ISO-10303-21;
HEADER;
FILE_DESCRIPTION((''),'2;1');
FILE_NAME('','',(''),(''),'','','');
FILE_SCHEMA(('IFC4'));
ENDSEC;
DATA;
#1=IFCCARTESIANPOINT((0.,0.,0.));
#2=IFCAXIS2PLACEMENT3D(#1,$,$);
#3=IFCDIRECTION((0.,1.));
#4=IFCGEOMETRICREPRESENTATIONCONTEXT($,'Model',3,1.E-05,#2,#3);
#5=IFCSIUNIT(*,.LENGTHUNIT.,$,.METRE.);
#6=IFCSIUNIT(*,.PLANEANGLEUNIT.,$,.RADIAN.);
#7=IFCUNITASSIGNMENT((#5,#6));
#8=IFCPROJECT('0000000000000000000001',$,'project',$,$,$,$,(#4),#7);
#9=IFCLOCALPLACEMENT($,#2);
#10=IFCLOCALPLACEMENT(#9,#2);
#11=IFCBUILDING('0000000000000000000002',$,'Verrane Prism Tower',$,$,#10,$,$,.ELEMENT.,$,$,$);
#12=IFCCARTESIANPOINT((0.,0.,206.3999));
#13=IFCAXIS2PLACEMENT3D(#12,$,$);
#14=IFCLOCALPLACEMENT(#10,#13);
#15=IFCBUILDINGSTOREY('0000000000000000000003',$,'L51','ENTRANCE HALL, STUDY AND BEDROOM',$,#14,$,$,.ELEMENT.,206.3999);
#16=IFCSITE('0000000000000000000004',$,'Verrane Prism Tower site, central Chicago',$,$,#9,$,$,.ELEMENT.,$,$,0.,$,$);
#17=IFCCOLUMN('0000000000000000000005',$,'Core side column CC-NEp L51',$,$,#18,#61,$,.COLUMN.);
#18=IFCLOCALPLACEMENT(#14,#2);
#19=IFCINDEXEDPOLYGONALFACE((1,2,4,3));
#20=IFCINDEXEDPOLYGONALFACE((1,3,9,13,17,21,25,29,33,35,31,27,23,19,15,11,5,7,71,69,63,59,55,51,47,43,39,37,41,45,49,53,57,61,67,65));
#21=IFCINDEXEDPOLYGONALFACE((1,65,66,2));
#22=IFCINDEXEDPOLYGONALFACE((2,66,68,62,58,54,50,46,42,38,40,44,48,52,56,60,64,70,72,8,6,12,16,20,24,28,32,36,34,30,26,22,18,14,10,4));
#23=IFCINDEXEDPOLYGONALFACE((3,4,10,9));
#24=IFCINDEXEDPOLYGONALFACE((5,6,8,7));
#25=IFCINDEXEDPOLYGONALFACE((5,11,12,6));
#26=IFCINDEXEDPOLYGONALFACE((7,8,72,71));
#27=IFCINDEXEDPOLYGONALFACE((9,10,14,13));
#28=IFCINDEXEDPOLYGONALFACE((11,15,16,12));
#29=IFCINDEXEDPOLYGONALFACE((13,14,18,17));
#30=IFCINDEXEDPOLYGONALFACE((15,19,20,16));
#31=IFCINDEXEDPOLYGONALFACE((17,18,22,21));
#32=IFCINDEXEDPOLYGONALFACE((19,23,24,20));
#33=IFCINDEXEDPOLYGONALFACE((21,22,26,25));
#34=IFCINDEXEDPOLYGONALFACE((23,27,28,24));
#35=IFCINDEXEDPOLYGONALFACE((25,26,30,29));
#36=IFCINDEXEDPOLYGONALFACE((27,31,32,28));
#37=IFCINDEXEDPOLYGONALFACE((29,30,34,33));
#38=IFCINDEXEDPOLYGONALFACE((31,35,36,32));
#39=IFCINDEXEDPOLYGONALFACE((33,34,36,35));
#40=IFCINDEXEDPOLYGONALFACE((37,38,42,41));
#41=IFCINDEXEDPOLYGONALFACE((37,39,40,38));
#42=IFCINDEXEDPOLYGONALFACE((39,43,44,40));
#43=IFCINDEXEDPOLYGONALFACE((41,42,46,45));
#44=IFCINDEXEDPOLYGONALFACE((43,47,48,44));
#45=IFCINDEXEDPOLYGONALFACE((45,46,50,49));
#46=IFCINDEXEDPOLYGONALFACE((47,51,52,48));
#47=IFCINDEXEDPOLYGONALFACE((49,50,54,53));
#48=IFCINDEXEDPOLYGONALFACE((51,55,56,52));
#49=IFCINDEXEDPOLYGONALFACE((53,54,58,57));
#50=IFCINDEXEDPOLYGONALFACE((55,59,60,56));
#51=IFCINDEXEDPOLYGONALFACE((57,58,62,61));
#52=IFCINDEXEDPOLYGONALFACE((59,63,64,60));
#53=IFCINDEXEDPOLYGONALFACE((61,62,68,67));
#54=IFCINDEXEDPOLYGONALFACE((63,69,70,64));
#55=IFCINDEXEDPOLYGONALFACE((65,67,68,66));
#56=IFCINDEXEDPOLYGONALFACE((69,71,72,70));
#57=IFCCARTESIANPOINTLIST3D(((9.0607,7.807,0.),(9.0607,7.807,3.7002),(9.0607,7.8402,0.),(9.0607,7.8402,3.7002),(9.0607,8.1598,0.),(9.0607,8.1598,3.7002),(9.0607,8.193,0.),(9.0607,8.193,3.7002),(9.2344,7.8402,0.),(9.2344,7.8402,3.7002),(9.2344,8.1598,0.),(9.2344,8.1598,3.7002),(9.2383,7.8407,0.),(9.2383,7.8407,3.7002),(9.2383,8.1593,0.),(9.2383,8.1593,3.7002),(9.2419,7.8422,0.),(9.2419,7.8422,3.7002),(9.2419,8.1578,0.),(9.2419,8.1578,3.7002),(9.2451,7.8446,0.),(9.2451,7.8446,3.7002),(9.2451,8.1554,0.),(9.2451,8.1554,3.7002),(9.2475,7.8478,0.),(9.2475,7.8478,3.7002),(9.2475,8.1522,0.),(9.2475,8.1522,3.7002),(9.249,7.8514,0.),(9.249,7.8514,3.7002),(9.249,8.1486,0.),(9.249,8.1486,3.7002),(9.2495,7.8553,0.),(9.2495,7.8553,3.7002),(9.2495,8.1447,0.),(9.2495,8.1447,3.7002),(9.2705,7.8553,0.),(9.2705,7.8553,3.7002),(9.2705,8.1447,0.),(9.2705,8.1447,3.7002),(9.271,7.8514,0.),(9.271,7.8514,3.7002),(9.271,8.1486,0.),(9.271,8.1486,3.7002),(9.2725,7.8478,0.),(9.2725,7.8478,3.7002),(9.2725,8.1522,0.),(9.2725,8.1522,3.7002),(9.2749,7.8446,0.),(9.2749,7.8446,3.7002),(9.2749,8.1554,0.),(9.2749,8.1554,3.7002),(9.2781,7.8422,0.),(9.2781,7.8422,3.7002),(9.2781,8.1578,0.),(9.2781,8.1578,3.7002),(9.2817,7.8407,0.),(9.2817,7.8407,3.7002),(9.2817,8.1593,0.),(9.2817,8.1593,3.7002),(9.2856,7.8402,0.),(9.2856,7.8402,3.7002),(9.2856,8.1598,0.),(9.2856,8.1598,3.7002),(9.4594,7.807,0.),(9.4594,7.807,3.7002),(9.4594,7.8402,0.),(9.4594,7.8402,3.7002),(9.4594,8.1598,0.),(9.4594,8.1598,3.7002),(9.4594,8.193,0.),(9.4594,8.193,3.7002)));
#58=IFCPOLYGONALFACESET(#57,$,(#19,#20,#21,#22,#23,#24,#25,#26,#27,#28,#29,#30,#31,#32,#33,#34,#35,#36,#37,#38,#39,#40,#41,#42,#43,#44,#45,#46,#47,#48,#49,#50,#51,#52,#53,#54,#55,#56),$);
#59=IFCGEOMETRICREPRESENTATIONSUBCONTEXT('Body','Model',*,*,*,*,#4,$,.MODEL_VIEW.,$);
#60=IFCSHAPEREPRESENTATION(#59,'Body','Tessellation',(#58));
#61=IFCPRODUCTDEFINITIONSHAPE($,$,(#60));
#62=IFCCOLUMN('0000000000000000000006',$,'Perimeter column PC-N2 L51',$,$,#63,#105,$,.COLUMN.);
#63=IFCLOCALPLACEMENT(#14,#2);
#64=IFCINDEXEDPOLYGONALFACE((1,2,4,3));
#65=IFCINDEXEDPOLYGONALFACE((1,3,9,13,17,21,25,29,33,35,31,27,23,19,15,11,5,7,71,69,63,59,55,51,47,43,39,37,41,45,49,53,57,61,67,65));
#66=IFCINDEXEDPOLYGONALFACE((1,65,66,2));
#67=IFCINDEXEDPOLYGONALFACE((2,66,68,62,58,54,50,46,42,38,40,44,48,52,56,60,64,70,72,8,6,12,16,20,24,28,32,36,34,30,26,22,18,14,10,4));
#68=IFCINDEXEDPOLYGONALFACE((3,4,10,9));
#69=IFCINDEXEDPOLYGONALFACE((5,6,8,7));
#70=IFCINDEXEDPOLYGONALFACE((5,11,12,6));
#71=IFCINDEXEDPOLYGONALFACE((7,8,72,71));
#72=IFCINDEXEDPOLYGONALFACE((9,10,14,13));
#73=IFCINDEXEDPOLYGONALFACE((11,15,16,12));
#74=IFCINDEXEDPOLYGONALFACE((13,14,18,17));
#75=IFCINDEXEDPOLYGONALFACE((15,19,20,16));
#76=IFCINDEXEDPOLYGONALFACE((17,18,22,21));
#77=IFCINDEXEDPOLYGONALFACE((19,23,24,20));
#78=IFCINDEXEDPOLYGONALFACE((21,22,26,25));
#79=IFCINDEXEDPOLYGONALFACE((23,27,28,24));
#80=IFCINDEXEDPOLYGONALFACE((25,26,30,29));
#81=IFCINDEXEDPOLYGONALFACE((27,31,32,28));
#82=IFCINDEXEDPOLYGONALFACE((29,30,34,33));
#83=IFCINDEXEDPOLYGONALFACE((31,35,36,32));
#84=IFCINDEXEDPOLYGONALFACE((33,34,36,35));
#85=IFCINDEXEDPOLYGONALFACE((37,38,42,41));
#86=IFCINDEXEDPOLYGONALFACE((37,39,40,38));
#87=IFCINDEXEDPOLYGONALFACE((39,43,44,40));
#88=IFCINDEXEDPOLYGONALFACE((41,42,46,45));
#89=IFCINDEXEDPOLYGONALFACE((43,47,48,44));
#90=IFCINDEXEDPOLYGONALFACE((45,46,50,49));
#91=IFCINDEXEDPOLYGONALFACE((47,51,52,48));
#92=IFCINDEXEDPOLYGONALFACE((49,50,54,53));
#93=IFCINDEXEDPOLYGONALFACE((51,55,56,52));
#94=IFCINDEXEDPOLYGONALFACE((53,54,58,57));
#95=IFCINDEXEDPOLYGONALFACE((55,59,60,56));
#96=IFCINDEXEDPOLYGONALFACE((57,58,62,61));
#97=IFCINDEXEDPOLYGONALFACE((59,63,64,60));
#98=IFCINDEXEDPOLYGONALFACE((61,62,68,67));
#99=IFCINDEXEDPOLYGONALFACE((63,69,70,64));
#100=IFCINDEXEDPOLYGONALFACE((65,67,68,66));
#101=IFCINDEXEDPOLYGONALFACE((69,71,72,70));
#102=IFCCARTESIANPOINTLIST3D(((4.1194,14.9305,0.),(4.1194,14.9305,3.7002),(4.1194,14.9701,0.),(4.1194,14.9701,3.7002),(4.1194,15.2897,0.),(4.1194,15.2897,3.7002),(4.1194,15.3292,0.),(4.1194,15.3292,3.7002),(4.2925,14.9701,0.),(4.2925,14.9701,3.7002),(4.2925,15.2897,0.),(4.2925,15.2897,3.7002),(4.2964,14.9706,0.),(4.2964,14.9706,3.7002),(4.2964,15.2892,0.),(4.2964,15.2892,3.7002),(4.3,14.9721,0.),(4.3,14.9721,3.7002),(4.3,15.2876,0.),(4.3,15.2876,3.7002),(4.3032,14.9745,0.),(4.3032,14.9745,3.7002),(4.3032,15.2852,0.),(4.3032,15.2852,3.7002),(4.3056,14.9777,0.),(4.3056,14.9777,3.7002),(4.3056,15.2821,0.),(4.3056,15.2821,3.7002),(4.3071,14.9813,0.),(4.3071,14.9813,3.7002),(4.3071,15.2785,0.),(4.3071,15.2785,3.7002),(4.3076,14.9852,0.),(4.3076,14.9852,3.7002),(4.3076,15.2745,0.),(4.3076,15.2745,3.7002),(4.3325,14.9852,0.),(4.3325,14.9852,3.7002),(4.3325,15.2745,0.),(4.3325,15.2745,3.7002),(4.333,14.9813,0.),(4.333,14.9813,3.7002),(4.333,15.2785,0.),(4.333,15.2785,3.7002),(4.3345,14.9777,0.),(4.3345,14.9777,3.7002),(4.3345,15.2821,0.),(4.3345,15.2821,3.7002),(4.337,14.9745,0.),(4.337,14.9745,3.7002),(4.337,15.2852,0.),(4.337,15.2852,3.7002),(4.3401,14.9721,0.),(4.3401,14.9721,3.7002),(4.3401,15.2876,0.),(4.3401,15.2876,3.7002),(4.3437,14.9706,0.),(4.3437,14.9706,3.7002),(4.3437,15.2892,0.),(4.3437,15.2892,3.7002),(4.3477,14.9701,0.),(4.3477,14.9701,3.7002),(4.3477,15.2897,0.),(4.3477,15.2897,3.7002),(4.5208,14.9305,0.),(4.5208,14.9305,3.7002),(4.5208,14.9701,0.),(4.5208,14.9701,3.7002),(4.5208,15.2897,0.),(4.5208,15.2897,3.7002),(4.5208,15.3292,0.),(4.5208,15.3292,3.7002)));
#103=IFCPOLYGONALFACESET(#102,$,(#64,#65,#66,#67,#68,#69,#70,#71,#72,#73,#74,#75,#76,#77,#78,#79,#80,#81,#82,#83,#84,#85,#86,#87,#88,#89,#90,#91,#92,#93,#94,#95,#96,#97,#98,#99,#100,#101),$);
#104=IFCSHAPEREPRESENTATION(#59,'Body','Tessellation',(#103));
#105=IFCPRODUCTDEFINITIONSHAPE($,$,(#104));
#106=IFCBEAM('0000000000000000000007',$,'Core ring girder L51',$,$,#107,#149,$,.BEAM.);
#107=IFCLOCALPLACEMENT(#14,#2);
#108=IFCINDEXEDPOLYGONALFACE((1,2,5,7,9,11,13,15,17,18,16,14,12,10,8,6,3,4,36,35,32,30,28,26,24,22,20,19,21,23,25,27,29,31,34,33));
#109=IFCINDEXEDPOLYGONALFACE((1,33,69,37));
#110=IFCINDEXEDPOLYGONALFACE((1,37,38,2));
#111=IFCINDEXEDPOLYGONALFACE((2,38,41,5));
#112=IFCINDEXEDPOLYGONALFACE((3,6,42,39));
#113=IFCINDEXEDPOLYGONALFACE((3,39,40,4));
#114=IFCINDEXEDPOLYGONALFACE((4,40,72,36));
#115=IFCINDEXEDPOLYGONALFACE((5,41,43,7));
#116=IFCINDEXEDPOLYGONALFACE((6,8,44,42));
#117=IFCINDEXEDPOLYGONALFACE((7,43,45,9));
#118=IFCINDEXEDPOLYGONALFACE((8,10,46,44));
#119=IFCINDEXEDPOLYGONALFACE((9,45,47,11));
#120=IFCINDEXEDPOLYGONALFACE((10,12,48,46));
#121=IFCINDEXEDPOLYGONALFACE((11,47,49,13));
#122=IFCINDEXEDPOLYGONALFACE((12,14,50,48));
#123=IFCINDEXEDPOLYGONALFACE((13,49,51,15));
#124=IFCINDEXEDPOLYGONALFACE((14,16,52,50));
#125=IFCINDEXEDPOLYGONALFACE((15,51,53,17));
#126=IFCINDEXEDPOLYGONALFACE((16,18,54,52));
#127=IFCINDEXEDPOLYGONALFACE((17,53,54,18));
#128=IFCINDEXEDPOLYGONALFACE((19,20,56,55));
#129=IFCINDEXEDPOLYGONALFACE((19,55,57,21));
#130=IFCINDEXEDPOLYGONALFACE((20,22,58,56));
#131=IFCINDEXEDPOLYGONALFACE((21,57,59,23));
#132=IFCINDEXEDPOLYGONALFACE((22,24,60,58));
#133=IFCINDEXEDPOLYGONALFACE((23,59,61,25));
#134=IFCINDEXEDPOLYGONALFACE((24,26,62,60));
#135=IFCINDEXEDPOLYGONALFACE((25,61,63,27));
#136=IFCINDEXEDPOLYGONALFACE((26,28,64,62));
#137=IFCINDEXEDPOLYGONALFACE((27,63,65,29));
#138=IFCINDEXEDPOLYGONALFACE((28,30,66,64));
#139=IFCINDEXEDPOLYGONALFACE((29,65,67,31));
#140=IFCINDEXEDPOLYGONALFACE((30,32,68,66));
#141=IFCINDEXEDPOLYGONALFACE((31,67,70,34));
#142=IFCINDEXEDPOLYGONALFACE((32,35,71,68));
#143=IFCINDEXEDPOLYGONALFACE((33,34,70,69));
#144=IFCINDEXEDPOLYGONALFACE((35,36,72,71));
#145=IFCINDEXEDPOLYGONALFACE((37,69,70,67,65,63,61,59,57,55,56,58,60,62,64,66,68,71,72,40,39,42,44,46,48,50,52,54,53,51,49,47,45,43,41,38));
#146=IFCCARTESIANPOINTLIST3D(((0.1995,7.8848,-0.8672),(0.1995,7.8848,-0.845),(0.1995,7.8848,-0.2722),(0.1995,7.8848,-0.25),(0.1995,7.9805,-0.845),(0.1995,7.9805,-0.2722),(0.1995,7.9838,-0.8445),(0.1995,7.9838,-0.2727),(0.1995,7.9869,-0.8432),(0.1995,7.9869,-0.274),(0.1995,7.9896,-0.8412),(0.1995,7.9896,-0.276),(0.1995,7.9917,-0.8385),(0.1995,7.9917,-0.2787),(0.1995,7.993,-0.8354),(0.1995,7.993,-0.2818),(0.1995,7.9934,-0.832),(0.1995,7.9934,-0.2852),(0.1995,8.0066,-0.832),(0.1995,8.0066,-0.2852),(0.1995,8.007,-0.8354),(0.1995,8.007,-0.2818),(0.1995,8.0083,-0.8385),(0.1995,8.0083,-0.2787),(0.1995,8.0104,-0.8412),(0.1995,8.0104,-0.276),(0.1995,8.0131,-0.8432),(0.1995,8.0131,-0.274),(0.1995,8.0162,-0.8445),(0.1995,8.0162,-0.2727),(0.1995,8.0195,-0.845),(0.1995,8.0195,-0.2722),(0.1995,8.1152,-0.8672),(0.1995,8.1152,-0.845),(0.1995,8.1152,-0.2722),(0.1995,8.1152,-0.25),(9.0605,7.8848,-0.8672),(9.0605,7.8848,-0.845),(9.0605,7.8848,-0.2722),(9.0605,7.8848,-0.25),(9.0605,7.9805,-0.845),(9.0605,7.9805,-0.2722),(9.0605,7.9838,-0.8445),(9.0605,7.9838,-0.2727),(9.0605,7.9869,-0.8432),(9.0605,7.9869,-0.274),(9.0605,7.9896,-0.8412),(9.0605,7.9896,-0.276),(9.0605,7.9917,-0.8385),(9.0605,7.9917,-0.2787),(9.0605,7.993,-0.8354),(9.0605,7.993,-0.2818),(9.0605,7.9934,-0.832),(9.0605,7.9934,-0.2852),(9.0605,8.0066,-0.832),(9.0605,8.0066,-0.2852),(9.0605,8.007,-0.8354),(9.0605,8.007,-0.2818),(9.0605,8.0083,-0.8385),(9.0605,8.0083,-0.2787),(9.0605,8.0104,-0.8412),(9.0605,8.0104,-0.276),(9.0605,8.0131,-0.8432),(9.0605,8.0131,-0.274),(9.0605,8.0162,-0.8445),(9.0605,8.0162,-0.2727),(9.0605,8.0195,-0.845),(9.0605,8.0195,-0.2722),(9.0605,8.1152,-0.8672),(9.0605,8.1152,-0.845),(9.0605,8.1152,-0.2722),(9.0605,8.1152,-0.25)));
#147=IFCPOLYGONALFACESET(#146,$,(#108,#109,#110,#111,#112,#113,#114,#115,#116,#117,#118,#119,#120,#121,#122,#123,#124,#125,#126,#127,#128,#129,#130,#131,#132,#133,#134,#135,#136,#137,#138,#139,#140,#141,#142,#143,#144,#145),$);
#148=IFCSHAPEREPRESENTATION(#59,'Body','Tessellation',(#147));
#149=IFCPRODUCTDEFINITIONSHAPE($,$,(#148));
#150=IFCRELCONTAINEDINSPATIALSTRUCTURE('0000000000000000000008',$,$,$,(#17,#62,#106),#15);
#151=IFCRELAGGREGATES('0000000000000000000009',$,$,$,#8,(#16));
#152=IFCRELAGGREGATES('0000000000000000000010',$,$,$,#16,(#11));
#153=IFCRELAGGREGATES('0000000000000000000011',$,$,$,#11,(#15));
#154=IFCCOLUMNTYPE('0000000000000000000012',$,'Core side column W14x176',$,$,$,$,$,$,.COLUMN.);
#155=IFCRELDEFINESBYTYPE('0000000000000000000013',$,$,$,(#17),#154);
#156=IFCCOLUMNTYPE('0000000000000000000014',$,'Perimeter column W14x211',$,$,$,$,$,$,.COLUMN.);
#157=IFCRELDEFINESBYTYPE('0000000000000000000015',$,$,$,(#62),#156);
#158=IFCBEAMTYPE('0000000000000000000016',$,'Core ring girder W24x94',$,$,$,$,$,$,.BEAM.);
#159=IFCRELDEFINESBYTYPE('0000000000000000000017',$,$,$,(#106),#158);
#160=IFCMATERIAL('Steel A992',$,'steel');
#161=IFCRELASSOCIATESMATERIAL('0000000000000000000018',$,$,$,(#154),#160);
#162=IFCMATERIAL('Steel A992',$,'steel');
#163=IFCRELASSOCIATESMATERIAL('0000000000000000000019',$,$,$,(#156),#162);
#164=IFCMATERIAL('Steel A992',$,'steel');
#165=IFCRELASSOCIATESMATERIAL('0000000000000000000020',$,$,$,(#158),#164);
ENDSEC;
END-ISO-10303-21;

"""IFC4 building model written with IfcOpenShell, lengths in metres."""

from ifc_helpers import new_model, si_unit, direction, frame, origin, origin_2d, place, context, subcontext, project, spatial, i_section, extrude, material, material_profile, profile_set, type_object, element, save


model = new_model("IFC4")

# Units and contexts
model_context = context("Model", 3, precision=1e-05, world=origin(), true_north=direction((0.0, 1.0)))
body_context = subcontext(model_context, "Body", "Model", "MODEL_VIEW")
ifc_project = project(units=[si_unit("LENGTHUNIT", "METRE"), si_unit("PLANEANGLEUNIT", "RADIAN")], contexts=[model_context])

# Site, building, storey
site_placement = place(None, origin())
site = spatial("IfcSite", under=ifc_project, at=site_placement, Name="Verrane Prism Tower site, central Chicago", CompositionType="ELEMENT", RefElevation=0.0)
building_placement = place(site_placement, origin())
building = spatial("IfcBuilding", under=site, at=building_placement, Name="Verrane Prism Tower", CompositionType="ELEMENT")
storey_placement = place(building_placement, frame((0.0, 0.0, 206.3999)))
storey = spatial("IfcBuildingStorey", under=building, at=storey_placement, Name="L51", Description="ENTRANCE HALL, STUDY AND BEDROOM", CompositionType="ELEMENT", Elevation=206.3999)

# Columns
ifc_material_1 = material(Name="Steel A992", Category="steel")
ifc_material_profile_1 = material_profile(ifc_material_1, i_section(OverallWidth=0.3987, OverallDepth=0.386, WebThickness=0.021, FlangeThickness=0.0332, FilletRadius=0.0151, at=origin_2d()), Name="W14x176")
ifc_profile_set_1 = profile_set([ifc_material_profile_1], Name="Steel A992")
column_type_1 = type_object("IfcColumnType", Name="Core side column W14x176", PredefinedType="COLUMN", material=ifc_profile_set_1)
column_1_placement = place(storey_placement, frame((9.26, 8.0, 0.0), z_axis=(0.0, 0.0, 1.0), x_axis=(1.0, 0.0, 0.0)))
element("IfcColumn", 1, at=column_1_placement, inside=storey, type_object=column_type_1, Name="Core side column CC-NEp L51", PredefinedType="COLUMN", context=body_context, shape_type="SweptSolid", body=[
    extrude(i_section(OverallWidth=0.3987, OverallDepth=0.386, WebThickness=0.021, FlangeThickness=0.0332, FilletRadius=0.0151, at=origin_2d()), origin(), (0.0, 0.0, 1.0), 3.7002),
])
ifc_material_2 = material(Name="Steel A992", Category="steel")
ifc_material_profile_2 = material_profile(ifc_material_2, i_section(OverallWidth=0.4014, OverallDepth=0.3987, WebThickness=0.0249, FlangeThickness=0.0396, FilletRadius=0.0151, at=origin_2d()), Name="W14x211")
ifc_profile_set_2 = profile_set([ifc_material_profile_2], Name="Steel A992")
column_type_2 = type_object("IfcColumnType", Name="Perimeter column W14x211", PredefinedType="COLUMN", material=ifc_profile_set_2)
column_2_placement = place(storey_placement, frame((4.3201, 15.1299, 0.0), z_axis=(0.0, 0.0, 1.0), x_axis=(1.0, 0.0, 0.0)))
element("IfcColumn", 2, at=column_2_placement, inside=storey, type_object=column_type_2, Name="Perimeter column PC-N2 L51", PredefinedType="COLUMN", context=body_context, shape_type="SweptSolid", body=[
    extrude(i_section(OverallWidth=0.4014, OverallDepth=0.3987, WebThickness=0.0249, FlangeThickness=0.0396, FilletRadius=0.0151, at=origin_2d()), origin(), (0.0, 0.0, 1.0), 3.7002),
])

# Beam
ifc_material_3 = material(Name="Steel A992", Category="steel")
ifc_material_profile_3 = material_profile(ifc_material_3, i_section(OverallWidth=0.2305, OverallDepth=0.6172, WebThickness=0.0132, FlangeThickness=0.0222, FilletRadius=0.0129, at=origin_2d()), Name="W24x94")
ifc_profile_set_3 = profile_set([ifc_material_profile_3], Name="Steel A992")
beam_type_1 = type_object("IfcBeamType", Name="Core ring girder W24x94", PredefinedType="BEAM", material=ifc_profile_set_3)
beam_1_placement = place(storey_placement, frame((9.0605, 8.0, -0.5586), z_axis=(-1.0, 0.0, 0.0), x_axis=(0.0, -1.0, 0.0)))
element("IfcBeam", 3, at=beam_1_placement, inside=storey, type_object=beam_type_1, Name="Core ring girder L51", PredefinedType="BEAM", context=body_context, shape_type="SweptSolid", body=[
    extrude(i_section(OverallWidth=0.2305, OverallDepth=0.6172, WebThickness=0.0132, FlangeThickness=0.0222, FilletRadius=0.0129, at=origin_2d()), origin(), (0.0, 0.0, 1.0), 8.8611),
])

save(model, "model.ifc")
